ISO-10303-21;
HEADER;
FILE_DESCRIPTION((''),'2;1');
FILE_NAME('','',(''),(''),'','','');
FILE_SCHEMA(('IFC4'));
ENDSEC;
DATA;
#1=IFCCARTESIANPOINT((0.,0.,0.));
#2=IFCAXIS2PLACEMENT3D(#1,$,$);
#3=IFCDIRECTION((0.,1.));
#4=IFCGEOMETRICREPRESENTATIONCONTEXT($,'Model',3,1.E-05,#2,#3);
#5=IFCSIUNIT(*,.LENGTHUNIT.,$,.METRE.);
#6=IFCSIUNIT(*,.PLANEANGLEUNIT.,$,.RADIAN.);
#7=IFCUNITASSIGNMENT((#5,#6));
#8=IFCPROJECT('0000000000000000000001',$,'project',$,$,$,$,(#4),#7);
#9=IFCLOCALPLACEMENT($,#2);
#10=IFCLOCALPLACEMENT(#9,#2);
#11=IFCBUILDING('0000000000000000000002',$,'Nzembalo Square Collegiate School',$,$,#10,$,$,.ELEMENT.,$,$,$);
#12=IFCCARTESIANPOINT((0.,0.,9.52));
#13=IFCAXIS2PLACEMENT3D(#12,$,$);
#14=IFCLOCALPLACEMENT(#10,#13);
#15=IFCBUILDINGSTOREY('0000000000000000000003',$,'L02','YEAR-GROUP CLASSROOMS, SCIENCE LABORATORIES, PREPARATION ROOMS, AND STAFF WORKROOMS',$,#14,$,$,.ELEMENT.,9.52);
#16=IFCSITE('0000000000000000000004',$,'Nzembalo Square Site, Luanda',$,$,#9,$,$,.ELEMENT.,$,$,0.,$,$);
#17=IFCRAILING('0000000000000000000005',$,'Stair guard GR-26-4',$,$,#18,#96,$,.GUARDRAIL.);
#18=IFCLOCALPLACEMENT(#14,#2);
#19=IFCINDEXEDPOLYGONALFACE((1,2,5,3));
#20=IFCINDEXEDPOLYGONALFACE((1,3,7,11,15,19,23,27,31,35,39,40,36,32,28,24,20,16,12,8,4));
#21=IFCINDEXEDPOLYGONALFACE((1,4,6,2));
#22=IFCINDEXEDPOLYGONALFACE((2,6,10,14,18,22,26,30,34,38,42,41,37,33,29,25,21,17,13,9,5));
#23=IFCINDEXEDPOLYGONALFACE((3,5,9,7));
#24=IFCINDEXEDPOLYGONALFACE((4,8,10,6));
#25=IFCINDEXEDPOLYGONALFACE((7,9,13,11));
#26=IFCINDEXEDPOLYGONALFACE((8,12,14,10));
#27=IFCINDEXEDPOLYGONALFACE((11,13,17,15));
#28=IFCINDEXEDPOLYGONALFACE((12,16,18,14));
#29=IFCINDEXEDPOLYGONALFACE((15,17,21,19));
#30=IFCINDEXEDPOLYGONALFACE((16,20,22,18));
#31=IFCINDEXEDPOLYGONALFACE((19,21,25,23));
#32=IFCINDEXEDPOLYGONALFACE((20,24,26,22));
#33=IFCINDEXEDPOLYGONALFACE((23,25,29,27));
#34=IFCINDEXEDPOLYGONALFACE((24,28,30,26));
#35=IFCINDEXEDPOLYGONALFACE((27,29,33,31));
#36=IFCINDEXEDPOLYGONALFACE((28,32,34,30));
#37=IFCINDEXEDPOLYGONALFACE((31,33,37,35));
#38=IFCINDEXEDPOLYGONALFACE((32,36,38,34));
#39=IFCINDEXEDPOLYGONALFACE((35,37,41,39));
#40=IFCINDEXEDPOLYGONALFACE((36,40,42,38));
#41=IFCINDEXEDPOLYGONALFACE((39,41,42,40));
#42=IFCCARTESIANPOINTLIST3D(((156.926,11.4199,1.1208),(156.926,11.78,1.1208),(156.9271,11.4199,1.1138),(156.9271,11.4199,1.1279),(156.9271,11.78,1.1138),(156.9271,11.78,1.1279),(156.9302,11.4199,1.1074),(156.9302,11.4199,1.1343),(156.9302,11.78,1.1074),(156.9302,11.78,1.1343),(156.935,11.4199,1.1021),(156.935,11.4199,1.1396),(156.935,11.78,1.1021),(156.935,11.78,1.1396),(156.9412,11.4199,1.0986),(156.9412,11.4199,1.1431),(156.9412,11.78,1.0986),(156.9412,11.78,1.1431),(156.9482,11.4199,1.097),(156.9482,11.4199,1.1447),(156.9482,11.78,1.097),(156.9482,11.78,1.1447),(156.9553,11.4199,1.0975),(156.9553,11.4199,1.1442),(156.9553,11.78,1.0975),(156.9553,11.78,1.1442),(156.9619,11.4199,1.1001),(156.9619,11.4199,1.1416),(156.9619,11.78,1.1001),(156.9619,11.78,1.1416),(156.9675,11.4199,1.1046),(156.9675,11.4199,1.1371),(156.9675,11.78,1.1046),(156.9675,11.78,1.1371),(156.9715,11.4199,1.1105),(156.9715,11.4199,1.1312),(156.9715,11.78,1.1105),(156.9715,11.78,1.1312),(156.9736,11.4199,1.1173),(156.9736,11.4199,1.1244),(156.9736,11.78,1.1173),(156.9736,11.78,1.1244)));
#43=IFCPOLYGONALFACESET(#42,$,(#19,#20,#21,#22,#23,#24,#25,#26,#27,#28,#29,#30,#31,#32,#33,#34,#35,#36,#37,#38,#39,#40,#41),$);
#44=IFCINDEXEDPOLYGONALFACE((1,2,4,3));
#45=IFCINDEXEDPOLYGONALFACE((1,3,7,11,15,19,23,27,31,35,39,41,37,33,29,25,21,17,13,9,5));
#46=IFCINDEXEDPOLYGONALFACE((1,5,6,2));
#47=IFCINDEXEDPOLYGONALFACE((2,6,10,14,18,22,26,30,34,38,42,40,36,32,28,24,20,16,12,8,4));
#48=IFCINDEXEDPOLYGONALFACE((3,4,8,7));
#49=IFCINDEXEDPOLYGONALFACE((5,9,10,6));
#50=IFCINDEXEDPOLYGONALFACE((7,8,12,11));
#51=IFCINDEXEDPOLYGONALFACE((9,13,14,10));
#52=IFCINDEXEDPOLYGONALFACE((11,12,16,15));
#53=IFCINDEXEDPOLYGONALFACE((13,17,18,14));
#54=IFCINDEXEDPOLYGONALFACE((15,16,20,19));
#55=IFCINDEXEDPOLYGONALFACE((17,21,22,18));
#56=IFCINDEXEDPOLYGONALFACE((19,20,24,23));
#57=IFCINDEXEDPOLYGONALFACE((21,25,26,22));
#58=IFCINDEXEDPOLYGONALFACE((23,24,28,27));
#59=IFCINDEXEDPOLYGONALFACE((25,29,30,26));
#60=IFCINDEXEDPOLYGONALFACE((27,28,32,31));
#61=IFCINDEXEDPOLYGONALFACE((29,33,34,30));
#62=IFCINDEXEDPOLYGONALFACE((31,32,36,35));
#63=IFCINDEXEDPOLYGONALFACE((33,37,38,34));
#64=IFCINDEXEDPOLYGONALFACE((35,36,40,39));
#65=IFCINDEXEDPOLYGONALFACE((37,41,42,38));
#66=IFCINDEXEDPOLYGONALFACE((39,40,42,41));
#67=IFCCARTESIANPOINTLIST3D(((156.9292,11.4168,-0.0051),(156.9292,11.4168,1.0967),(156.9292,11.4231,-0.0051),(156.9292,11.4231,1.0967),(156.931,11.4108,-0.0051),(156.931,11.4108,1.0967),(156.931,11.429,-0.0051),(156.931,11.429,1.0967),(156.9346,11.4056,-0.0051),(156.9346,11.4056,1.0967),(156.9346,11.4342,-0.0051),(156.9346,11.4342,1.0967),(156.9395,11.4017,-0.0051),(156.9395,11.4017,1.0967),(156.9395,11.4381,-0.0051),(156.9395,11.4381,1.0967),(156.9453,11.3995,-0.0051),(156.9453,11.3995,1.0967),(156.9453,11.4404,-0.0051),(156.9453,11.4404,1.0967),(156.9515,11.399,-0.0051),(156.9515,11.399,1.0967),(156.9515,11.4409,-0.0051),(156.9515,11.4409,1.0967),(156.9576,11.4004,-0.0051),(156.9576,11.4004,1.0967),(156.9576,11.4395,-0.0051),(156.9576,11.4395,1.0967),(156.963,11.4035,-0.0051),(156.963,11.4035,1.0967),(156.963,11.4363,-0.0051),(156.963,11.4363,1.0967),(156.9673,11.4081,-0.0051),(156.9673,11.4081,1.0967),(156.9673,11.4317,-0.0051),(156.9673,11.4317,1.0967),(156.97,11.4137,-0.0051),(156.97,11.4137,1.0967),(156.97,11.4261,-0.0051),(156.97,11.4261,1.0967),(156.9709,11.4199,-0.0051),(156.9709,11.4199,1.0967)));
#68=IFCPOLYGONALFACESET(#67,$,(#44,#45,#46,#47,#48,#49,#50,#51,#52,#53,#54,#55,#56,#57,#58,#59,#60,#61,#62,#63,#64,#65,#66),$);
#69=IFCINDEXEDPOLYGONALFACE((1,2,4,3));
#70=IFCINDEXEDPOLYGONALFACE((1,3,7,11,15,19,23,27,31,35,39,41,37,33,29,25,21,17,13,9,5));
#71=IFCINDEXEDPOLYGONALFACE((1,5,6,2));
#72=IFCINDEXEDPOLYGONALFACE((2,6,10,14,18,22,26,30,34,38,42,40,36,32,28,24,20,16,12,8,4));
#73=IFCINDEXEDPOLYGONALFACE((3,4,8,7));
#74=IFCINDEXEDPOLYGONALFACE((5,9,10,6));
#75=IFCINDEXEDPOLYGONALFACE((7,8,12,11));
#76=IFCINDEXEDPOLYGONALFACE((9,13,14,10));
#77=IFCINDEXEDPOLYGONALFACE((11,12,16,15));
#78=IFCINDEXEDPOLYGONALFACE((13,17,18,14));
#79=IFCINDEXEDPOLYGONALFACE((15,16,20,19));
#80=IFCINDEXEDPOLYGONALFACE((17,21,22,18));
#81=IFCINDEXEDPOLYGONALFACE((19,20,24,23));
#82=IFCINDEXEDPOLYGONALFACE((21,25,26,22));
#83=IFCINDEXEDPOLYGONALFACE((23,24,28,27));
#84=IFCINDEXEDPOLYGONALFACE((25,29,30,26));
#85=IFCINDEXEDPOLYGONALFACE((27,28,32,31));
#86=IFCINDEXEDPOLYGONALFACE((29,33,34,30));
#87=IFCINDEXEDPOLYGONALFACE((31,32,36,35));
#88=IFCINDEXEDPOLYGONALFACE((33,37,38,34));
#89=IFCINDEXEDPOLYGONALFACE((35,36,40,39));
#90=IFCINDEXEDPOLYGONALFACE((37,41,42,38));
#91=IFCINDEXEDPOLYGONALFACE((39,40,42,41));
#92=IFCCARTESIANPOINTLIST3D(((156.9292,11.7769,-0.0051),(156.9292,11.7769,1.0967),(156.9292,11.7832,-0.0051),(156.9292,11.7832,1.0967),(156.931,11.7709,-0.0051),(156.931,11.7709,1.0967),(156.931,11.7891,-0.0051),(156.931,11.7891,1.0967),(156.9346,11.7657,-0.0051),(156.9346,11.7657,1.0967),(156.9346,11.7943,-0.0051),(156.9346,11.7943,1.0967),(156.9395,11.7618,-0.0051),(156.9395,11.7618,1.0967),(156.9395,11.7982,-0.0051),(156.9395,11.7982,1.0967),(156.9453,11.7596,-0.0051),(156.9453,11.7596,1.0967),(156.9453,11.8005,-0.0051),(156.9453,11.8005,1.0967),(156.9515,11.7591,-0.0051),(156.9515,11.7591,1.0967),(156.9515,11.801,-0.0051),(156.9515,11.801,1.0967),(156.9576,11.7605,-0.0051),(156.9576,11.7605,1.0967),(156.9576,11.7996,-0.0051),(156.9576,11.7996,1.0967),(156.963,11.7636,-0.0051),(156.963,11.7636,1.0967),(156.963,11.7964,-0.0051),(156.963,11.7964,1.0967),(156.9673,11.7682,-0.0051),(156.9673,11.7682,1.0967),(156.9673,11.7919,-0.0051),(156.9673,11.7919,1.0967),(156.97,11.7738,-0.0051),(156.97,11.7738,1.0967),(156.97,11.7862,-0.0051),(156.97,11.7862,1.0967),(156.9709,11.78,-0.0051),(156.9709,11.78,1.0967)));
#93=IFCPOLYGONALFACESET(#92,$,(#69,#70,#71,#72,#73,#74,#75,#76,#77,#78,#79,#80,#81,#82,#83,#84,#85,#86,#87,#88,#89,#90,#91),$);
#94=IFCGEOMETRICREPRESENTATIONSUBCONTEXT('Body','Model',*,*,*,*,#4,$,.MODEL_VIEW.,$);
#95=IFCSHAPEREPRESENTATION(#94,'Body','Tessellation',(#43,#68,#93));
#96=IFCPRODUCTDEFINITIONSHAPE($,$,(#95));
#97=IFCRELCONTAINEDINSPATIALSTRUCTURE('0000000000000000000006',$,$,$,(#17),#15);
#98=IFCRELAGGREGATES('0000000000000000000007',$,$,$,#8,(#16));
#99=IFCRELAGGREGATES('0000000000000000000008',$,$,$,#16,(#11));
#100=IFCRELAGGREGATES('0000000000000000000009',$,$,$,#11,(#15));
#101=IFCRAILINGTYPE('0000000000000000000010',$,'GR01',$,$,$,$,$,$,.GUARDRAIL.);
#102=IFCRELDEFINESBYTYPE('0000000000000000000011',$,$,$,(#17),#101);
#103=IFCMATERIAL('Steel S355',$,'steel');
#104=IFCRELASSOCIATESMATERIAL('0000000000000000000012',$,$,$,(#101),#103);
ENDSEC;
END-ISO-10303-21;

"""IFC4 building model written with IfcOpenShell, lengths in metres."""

from ifc_helpers import new_model, si_unit, direction, frame, origin, origin_2d, place, context, subcontext, project, spatial, circle, extrude, material, type_object, element, save


model = new_model("IFC4")

# Units and contexts
model_context = context("Model", 3, precision=1e-05, world=origin(), true_north=direction((0.0, 1.0)))
body_context = subcontext(model_context, "Body", "Model", "MODEL_VIEW")
ifc_project = project(units=[si_unit("LENGTHUNIT", "METRE"), si_unit("PLANEANGLEUNIT", "RADIAN")], contexts=[model_context])

# Site, building, storey
site_placement = place(None, origin())
site = spatial("IfcSite", under=ifc_project, at=site_placement, Name="Nzembalo Square Site, Luanda", CompositionType="ELEMENT", RefElevation=0.0)
building_placement = place(site_placement, origin())
building = spatial("IfcBuilding", under=site, at=building_placement, Name="Nzembalo Square Collegiate School", CompositionType="ELEMENT")
storey_placement = place(building_placement, frame((0.0, 0.0, 9.52)))
storey = spatial("IfcBuildingStorey", under=building, at=storey_placement, Name="L02", Description="YEAR-GROUP CLASSROOMS, SCIENCE LABORATORIES, PREPARATION ROOMS, AND STAFF WORKROOMS", CompositionType="ELEMENT", Elevation=9.52)

# Railing
ifc_material_1 = material(Name="Steel S355", Category="steel")
railing_type_1 = type_object("IfcRailingType", Name="GR01", PredefinedType="GUARDRAIL", material=ifc_material_1)
railing_1_placement = place(storey_placement, frame((156.95, 11.4199, -0.0051)))
element("IfcRailing", 1, at=railing_1_placement, inside=storey, type_object=railing_type_1, Name="Stair guard GR-26-4", PredefinedType="GUARDRAIL", context=body_context, shape_type="SweptSolid", body=[
    extrude(circle(Radius=0.0239, at=origin_2d()), frame((0.0, 0.0, 1.126), z_axis=(0.0, 1.0, 0.0), x_axis=(-1.0, 0.0, 0.0)), (0.0, 0.0, 1.0), 0.3601),
    extrude(circle(Radius=0.021, at=origin_2d()), origin(), (0.0, 0.0, 1.0), 1.1018),
    extrude(circle(Radius=0.021, at=origin_2d()), frame((0.0, 0.3601, 0.0)), (0.0, 0.0, 1.0), 1.1018),
])

save(model, "model.ifc")
